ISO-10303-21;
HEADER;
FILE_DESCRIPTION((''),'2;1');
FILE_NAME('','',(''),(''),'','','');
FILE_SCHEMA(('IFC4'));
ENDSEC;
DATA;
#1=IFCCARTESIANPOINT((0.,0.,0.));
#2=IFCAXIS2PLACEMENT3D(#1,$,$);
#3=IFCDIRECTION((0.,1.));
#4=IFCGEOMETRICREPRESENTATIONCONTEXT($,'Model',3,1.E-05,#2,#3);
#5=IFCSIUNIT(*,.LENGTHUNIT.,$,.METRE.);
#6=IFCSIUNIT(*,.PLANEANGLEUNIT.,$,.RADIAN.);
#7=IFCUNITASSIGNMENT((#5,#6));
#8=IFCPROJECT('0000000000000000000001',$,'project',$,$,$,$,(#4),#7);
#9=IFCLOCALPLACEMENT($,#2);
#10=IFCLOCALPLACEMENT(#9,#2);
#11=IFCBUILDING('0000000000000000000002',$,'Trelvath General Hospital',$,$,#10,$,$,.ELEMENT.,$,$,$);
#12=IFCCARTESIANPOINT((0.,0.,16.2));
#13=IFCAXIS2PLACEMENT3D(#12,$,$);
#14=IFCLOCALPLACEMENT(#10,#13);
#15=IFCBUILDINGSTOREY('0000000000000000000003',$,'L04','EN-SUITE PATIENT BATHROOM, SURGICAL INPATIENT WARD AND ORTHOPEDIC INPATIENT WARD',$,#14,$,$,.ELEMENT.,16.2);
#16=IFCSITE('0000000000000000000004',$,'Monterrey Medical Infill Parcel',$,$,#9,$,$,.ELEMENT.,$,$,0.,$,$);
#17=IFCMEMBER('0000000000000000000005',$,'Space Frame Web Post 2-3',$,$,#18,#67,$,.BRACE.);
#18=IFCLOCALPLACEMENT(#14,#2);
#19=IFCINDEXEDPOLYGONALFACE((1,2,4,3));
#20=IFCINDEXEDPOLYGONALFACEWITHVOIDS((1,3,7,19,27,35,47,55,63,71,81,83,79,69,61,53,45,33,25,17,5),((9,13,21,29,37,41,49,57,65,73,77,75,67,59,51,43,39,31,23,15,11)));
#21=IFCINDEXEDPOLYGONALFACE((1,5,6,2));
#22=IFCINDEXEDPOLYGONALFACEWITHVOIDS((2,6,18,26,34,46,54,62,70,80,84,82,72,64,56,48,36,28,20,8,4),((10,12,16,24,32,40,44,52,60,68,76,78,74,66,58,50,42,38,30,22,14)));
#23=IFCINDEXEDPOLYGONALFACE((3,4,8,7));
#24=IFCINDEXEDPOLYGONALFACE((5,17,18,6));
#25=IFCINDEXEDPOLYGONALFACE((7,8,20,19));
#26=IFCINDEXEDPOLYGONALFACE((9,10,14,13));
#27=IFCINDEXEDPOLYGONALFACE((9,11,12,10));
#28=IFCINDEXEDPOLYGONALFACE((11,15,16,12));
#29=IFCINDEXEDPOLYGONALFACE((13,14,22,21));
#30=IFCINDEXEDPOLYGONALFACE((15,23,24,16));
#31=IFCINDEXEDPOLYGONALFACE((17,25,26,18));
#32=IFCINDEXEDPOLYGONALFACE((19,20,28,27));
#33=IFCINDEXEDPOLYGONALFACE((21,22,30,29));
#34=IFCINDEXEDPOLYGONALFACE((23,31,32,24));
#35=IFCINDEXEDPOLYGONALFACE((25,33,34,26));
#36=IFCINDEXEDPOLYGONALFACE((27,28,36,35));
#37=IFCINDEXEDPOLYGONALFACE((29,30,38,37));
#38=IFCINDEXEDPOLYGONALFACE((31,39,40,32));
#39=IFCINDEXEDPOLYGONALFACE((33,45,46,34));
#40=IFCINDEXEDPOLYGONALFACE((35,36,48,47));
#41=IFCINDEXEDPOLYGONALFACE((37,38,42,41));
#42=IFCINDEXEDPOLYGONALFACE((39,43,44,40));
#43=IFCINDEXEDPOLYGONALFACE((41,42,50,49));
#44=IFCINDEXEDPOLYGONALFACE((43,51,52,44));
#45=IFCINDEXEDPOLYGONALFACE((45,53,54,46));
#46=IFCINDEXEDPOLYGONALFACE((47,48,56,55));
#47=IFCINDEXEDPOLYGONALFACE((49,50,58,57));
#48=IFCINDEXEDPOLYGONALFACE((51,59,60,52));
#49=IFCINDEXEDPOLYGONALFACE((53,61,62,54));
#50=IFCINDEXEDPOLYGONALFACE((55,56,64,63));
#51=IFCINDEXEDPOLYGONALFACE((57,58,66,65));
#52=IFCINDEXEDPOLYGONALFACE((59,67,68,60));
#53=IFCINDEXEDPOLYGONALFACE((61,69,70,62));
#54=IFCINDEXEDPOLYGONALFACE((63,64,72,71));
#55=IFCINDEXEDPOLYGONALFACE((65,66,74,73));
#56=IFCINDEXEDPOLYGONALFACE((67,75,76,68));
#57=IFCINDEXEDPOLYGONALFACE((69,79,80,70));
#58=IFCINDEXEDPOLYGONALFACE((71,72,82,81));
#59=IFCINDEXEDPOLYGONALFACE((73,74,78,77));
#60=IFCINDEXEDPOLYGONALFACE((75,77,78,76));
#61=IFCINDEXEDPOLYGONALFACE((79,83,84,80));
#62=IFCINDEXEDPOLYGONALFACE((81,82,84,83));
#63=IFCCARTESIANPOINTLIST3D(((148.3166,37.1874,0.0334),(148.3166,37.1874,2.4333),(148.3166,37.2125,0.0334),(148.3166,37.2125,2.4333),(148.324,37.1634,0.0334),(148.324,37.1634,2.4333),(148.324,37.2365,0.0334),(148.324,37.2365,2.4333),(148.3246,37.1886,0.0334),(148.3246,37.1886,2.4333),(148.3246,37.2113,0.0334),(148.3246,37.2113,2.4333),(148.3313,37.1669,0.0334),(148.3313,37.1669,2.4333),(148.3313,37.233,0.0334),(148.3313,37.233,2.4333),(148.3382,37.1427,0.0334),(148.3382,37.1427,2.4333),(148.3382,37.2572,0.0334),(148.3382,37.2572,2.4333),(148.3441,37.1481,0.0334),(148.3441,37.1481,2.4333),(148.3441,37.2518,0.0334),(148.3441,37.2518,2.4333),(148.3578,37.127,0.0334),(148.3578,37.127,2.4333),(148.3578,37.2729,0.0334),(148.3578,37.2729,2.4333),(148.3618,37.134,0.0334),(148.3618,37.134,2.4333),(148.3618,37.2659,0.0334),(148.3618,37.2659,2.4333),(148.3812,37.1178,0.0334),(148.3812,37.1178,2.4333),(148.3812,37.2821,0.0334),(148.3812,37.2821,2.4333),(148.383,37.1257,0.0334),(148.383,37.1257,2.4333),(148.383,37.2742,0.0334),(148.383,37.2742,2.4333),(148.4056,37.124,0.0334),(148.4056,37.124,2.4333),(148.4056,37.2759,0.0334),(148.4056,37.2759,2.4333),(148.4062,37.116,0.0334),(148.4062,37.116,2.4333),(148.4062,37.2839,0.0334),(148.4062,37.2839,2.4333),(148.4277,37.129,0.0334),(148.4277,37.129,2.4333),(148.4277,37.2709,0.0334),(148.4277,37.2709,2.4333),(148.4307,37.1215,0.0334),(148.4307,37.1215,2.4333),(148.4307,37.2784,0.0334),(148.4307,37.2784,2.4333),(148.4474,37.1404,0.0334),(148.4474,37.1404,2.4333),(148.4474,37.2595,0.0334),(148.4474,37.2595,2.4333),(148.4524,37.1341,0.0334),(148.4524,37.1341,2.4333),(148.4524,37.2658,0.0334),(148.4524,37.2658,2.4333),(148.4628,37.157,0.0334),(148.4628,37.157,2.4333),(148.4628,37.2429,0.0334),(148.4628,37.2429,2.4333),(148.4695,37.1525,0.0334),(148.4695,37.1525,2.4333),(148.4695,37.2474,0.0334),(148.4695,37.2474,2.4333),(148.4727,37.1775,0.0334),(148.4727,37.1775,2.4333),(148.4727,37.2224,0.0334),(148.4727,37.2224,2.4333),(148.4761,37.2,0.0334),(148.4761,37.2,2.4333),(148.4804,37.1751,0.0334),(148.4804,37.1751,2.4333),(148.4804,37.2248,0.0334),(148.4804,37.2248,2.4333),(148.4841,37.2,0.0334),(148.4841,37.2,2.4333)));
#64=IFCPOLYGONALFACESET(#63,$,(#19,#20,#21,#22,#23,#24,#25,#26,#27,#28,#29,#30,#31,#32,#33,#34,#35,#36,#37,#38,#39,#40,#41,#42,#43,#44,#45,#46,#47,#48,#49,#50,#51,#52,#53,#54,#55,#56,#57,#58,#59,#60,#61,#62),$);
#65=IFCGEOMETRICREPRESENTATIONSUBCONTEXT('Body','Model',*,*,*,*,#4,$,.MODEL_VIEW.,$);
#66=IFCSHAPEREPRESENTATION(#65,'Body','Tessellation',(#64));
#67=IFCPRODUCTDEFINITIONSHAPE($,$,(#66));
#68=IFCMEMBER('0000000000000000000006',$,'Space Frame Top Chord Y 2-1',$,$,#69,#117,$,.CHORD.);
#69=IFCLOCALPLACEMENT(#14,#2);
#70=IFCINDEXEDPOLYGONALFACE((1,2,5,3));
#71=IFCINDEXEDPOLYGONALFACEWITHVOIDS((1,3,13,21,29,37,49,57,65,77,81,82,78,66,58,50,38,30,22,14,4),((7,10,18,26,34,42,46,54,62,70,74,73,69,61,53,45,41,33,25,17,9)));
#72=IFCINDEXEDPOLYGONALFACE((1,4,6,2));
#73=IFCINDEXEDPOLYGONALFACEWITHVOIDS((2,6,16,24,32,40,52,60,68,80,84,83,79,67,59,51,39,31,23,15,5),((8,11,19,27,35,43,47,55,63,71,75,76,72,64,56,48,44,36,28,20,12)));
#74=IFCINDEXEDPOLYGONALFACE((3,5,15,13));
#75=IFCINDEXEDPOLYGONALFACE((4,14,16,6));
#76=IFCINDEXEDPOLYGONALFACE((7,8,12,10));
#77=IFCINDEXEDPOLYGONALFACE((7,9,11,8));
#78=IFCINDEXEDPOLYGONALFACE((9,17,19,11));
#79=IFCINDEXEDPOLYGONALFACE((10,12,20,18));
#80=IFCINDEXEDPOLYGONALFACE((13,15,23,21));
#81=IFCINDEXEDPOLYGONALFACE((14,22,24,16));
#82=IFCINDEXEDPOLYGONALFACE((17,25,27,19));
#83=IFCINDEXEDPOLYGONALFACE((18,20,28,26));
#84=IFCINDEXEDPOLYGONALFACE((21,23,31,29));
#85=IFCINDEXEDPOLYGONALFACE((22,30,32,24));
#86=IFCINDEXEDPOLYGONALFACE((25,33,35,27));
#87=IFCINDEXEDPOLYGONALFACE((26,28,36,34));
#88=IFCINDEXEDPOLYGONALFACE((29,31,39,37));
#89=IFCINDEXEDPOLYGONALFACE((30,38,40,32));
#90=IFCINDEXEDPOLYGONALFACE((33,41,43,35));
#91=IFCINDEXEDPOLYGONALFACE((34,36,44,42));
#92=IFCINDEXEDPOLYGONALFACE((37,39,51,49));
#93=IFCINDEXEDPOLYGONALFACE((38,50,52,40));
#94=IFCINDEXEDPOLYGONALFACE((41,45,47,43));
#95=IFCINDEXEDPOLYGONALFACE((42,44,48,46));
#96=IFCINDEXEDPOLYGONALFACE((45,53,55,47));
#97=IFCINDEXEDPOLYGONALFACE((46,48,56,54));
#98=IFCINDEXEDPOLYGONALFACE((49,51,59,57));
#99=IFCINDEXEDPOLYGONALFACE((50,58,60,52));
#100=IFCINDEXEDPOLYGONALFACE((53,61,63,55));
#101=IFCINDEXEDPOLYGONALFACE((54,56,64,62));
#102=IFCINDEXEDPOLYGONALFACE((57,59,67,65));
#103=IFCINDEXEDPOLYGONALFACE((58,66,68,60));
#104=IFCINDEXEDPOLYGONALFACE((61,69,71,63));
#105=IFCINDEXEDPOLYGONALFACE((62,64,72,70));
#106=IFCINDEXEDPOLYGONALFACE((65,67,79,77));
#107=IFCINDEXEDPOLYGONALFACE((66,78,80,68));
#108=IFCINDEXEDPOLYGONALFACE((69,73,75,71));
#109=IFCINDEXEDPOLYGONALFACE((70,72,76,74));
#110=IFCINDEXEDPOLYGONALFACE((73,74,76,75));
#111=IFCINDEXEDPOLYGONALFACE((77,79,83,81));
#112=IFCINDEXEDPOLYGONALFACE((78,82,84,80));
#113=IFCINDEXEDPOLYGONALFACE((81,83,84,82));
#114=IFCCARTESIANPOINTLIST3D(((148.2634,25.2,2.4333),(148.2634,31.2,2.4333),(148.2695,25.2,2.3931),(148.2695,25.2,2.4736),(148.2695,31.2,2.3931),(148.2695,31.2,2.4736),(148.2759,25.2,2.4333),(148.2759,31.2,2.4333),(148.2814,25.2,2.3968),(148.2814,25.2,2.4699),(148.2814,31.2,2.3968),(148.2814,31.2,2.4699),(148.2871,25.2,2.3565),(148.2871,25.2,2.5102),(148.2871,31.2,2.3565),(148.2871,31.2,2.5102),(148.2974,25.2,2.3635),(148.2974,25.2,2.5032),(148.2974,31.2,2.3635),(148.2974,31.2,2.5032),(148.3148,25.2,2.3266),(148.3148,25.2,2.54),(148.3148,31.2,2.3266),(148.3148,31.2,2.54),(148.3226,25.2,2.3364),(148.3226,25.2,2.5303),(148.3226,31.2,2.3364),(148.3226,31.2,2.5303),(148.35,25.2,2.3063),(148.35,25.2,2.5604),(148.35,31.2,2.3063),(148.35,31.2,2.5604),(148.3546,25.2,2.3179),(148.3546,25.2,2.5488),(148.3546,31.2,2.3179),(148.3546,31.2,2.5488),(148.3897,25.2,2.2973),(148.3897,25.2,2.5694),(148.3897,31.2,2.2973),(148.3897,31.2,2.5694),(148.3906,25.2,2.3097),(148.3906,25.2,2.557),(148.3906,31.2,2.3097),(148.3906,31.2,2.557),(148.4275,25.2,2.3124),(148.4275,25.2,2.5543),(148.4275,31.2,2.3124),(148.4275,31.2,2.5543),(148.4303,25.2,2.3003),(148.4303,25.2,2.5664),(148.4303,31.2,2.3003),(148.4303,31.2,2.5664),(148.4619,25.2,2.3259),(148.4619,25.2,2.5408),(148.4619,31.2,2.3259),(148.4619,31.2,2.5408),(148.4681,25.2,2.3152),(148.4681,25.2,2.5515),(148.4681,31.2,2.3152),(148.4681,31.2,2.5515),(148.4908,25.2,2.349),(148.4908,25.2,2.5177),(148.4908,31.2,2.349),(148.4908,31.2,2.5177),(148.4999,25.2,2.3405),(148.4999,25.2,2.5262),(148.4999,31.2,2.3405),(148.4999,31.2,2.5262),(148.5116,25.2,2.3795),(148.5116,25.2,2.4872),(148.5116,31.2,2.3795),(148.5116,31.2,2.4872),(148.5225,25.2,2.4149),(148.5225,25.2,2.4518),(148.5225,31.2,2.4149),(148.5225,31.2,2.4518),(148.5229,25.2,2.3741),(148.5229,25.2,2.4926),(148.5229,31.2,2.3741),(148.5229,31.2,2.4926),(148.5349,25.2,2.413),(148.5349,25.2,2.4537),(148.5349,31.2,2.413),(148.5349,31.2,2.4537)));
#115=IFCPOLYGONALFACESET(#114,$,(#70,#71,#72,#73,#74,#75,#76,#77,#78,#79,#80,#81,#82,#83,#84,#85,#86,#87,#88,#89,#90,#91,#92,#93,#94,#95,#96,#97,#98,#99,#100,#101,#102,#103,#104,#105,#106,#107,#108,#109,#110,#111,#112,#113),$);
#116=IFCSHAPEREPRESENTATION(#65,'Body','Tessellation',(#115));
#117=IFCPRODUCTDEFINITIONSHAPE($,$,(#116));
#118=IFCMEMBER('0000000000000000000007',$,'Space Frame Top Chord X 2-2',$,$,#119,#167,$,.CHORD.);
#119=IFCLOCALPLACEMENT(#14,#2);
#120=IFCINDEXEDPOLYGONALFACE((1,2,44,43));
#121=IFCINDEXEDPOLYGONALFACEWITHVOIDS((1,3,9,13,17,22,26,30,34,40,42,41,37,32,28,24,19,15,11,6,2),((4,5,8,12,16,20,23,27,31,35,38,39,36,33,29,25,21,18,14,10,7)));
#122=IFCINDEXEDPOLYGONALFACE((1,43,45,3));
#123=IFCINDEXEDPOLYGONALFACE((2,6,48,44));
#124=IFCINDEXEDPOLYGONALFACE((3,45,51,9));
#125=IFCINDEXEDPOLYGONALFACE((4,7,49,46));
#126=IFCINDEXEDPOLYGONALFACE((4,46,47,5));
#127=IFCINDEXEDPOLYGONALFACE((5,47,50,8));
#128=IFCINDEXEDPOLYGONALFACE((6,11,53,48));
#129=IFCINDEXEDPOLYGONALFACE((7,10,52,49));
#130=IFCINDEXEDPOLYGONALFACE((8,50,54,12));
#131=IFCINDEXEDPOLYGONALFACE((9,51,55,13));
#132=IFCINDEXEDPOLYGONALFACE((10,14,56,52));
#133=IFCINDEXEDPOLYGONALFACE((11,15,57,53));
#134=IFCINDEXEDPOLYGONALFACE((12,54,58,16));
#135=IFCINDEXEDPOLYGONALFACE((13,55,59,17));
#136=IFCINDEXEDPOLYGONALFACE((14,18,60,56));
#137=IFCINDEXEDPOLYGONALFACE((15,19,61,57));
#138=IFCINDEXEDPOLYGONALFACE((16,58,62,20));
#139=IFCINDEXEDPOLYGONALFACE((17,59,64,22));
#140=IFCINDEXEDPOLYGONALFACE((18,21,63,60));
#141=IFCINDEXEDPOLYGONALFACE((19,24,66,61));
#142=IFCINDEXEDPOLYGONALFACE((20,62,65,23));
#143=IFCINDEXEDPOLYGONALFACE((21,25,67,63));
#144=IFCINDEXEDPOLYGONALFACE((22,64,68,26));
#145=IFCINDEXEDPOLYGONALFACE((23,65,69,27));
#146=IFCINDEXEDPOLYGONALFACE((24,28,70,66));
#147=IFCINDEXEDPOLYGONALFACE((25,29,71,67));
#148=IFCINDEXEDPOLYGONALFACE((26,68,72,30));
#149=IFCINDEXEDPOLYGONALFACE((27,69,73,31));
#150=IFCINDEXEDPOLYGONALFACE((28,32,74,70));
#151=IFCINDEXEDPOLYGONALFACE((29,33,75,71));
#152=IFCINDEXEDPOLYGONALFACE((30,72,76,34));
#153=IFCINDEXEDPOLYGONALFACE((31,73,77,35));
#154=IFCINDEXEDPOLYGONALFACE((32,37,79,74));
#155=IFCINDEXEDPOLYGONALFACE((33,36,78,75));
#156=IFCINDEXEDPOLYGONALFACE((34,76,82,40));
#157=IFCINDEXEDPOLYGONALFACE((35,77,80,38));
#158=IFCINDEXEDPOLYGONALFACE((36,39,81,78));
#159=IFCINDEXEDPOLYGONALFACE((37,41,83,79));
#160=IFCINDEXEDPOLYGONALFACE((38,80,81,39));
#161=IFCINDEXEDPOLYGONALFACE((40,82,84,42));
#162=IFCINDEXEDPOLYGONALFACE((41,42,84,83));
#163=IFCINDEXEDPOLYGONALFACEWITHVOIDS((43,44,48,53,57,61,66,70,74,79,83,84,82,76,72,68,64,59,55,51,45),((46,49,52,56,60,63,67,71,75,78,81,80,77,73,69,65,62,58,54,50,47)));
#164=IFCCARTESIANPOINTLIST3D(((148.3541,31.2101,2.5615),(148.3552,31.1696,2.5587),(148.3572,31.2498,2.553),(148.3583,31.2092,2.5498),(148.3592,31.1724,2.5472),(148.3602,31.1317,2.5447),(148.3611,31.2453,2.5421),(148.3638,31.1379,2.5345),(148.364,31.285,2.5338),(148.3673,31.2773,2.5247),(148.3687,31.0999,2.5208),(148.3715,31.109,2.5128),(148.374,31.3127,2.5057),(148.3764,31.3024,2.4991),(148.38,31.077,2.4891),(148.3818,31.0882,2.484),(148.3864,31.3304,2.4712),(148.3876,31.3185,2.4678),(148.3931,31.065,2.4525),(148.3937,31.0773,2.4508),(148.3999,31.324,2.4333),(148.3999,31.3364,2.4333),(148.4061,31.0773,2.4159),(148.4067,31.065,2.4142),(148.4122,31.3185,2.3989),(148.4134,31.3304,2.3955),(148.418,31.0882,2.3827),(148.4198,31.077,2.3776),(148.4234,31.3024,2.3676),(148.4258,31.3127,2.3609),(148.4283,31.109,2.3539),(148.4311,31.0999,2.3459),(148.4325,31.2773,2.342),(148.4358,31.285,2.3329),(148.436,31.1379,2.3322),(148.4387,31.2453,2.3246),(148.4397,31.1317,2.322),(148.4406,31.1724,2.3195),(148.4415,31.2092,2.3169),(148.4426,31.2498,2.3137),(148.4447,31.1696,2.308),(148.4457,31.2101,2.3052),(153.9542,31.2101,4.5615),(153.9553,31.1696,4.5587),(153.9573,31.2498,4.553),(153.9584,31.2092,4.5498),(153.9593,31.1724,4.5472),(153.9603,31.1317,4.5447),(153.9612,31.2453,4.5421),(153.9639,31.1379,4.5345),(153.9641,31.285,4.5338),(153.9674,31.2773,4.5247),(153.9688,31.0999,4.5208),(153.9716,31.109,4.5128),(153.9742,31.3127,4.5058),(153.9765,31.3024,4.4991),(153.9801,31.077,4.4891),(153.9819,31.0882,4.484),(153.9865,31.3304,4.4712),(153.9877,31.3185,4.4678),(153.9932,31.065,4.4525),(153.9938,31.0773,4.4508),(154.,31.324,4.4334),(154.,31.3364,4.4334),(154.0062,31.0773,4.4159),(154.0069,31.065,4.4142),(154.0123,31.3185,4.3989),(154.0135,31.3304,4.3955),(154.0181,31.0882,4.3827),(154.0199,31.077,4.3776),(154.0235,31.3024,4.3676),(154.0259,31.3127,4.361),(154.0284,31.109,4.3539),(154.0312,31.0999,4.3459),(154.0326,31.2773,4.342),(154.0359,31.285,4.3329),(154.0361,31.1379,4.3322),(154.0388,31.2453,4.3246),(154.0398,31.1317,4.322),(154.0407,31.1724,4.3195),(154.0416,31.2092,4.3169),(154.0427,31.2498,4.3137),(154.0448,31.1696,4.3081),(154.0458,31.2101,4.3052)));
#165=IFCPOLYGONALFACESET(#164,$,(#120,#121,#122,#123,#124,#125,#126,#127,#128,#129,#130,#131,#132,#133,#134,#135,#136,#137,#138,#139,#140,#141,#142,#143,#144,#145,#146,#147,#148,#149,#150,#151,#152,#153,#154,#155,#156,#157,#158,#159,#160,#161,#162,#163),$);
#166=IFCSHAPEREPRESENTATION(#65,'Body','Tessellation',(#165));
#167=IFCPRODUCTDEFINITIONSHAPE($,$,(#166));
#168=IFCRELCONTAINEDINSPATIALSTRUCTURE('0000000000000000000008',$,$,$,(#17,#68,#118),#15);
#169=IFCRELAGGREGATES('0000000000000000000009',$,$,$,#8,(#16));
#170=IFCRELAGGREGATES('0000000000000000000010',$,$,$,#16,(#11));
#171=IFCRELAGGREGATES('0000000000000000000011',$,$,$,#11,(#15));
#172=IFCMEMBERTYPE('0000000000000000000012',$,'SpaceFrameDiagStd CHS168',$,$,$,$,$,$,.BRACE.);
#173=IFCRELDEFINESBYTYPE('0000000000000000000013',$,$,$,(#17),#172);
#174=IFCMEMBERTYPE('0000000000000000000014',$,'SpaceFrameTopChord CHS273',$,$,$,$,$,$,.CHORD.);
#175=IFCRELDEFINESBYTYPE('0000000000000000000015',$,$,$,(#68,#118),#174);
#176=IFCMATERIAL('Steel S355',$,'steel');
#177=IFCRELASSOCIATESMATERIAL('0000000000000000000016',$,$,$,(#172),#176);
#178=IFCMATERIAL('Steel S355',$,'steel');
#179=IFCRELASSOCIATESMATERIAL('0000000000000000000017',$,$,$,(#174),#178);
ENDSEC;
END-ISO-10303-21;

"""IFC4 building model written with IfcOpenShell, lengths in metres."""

from ifc_helpers import new_model, si_unit, direction, frame, origin, origin_2d, place, context, subcontext, project, spatial, hollow_circle, extrude, material, material_profile, profile_set, type_object, element, save


model = new_model("IFC4")

# Units and contexts
model_context = context("Model", 3, precision=1e-05, world=origin(), true_north=direction((0.0, 1.0)))
body_context = subcontext(model_context, "Body", "Model", "MODEL_VIEW")
ifc_project = project(units=[si_unit("LENGTHUNIT", "METRE"), si_unit("PLANEANGLEUNIT", "RADIAN")], contexts=[model_context])

# Site, building, storey
site_placement = place(None, origin())
site = spatial("IfcSite", under=ifc_project, at=site_placement, Name="Monterrey Medical Infill Parcel", CompositionType="ELEMENT", RefElevation=0.0)
building_placement = place(site_placement, origin())
building = spatial("IfcBuilding", under=site, at=building_placement, Name="Trelvath General Hospital", CompositionType="ELEMENT")
storey_placement = place(building_placement, frame((0.0, 0.0, 16.2)))
storey = spatial("IfcBuildingStorey", under=building, at=storey_placement, Name="L04", Description="EN-SUITE PATIENT BATHROOM, SURGICAL INPATIENT WARD AND ORTHOPEDIC INPATIENT WARD", CompositionType="ELEMENT", Elevation=16.2)

# Members
ifc_material_1 = material(Name="Steel S355", Category="steel")
ifc_material_profile_1 = material_profile(ifc_material_1, hollow_circle(Radius=0.0842, WallThickness=0.0081, at=origin_2d()), Name="CHS168.3x8.0")
ifc_profile_set_1 = profile_set([ifc_material_profile_1], Name="Steel S355")
member_type_1 = type_object("IfcMemberType", Name="SpaceFrameDiagStd CHS168", PredefinedType="BRACE", material=ifc_profile_set_1)
member_1_placement = place(storey_placement, frame((148.3999, 37.2, 0.0334), z_axis=(0.0, 0.0, 1.0), x_axis=(1.0, 0.0, 0.0)))
element("IfcMember", 1, at=member_1_placement, inside=storey, type_object=member_type_1, Name="Space Frame Web Post 2-3", PredefinedType="BRACE", context=body_context, shape_type="SweptSolid", body=[
    extrude(hollow_circle(Radius=0.0842, WallThickness=0.0081, at=origin_2d()), origin(), (0.0, 0.0, 1.0), 2.3999),
])
ifc_material_2 = material(Name="Steel S355", Category="steel")
ifc_material_profile_2 = material_profile(ifc_material_2, hollow_circle(Radius=0.1365, WallThickness=0.0125, at=origin_2d()), Name="CHS273.0x12.5")
ifc_profile_set_2 = profile_set([ifc_material_profile_2], Name="Steel S355")
member_type_2 = type_object("IfcMemberType", Name="SpaceFrameTopChord CHS273", PredefinedType="CHORD", material=ifc_profile_set_2)
member_2_placement = place(storey_placement, frame((148.3999, 25.2, 2.4333), z_axis=(0.0, 1.0, 0.0), x_axis=(-1.0, 0.0, 0.0)))
element("IfcMember", 2, at=member_2_placement, inside=storey, type_object=member_type_2, Name="Space Frame Top Chord Y 2-1", PredefinedType="CHORD", context=body_context, shape_type="SweptSolid", body=[
    extrude(hollow_circle(Radius=0.1365, WallThickness=0.0125, at=origin_2d()), origin(), (0.0, 0.0, 1.0), 6.0),
])
member_3_placement = place(storey_placement, frame((148.3999, 31.2, 2.4333), z_axis=(0.941744, 0.0, 0.336331), x_axis=(0.0, 1.0, 0.0)))
element("IfcMember", 3, at=member_3_placement, inside=storey, type_object=member_type_2, Name="Space Frame Top Chord X 2-2", PredefinedType="CHORD", context=body_context, shape_type="SweptSolid", body=[
    extrude(hollow_circle(Radius=0.1365, WallThickness=0.0125, at=origin_2d()), origin(), (0.0, 0.0, 1.0), 5.9465),
])

save(model, "model.ifc")
